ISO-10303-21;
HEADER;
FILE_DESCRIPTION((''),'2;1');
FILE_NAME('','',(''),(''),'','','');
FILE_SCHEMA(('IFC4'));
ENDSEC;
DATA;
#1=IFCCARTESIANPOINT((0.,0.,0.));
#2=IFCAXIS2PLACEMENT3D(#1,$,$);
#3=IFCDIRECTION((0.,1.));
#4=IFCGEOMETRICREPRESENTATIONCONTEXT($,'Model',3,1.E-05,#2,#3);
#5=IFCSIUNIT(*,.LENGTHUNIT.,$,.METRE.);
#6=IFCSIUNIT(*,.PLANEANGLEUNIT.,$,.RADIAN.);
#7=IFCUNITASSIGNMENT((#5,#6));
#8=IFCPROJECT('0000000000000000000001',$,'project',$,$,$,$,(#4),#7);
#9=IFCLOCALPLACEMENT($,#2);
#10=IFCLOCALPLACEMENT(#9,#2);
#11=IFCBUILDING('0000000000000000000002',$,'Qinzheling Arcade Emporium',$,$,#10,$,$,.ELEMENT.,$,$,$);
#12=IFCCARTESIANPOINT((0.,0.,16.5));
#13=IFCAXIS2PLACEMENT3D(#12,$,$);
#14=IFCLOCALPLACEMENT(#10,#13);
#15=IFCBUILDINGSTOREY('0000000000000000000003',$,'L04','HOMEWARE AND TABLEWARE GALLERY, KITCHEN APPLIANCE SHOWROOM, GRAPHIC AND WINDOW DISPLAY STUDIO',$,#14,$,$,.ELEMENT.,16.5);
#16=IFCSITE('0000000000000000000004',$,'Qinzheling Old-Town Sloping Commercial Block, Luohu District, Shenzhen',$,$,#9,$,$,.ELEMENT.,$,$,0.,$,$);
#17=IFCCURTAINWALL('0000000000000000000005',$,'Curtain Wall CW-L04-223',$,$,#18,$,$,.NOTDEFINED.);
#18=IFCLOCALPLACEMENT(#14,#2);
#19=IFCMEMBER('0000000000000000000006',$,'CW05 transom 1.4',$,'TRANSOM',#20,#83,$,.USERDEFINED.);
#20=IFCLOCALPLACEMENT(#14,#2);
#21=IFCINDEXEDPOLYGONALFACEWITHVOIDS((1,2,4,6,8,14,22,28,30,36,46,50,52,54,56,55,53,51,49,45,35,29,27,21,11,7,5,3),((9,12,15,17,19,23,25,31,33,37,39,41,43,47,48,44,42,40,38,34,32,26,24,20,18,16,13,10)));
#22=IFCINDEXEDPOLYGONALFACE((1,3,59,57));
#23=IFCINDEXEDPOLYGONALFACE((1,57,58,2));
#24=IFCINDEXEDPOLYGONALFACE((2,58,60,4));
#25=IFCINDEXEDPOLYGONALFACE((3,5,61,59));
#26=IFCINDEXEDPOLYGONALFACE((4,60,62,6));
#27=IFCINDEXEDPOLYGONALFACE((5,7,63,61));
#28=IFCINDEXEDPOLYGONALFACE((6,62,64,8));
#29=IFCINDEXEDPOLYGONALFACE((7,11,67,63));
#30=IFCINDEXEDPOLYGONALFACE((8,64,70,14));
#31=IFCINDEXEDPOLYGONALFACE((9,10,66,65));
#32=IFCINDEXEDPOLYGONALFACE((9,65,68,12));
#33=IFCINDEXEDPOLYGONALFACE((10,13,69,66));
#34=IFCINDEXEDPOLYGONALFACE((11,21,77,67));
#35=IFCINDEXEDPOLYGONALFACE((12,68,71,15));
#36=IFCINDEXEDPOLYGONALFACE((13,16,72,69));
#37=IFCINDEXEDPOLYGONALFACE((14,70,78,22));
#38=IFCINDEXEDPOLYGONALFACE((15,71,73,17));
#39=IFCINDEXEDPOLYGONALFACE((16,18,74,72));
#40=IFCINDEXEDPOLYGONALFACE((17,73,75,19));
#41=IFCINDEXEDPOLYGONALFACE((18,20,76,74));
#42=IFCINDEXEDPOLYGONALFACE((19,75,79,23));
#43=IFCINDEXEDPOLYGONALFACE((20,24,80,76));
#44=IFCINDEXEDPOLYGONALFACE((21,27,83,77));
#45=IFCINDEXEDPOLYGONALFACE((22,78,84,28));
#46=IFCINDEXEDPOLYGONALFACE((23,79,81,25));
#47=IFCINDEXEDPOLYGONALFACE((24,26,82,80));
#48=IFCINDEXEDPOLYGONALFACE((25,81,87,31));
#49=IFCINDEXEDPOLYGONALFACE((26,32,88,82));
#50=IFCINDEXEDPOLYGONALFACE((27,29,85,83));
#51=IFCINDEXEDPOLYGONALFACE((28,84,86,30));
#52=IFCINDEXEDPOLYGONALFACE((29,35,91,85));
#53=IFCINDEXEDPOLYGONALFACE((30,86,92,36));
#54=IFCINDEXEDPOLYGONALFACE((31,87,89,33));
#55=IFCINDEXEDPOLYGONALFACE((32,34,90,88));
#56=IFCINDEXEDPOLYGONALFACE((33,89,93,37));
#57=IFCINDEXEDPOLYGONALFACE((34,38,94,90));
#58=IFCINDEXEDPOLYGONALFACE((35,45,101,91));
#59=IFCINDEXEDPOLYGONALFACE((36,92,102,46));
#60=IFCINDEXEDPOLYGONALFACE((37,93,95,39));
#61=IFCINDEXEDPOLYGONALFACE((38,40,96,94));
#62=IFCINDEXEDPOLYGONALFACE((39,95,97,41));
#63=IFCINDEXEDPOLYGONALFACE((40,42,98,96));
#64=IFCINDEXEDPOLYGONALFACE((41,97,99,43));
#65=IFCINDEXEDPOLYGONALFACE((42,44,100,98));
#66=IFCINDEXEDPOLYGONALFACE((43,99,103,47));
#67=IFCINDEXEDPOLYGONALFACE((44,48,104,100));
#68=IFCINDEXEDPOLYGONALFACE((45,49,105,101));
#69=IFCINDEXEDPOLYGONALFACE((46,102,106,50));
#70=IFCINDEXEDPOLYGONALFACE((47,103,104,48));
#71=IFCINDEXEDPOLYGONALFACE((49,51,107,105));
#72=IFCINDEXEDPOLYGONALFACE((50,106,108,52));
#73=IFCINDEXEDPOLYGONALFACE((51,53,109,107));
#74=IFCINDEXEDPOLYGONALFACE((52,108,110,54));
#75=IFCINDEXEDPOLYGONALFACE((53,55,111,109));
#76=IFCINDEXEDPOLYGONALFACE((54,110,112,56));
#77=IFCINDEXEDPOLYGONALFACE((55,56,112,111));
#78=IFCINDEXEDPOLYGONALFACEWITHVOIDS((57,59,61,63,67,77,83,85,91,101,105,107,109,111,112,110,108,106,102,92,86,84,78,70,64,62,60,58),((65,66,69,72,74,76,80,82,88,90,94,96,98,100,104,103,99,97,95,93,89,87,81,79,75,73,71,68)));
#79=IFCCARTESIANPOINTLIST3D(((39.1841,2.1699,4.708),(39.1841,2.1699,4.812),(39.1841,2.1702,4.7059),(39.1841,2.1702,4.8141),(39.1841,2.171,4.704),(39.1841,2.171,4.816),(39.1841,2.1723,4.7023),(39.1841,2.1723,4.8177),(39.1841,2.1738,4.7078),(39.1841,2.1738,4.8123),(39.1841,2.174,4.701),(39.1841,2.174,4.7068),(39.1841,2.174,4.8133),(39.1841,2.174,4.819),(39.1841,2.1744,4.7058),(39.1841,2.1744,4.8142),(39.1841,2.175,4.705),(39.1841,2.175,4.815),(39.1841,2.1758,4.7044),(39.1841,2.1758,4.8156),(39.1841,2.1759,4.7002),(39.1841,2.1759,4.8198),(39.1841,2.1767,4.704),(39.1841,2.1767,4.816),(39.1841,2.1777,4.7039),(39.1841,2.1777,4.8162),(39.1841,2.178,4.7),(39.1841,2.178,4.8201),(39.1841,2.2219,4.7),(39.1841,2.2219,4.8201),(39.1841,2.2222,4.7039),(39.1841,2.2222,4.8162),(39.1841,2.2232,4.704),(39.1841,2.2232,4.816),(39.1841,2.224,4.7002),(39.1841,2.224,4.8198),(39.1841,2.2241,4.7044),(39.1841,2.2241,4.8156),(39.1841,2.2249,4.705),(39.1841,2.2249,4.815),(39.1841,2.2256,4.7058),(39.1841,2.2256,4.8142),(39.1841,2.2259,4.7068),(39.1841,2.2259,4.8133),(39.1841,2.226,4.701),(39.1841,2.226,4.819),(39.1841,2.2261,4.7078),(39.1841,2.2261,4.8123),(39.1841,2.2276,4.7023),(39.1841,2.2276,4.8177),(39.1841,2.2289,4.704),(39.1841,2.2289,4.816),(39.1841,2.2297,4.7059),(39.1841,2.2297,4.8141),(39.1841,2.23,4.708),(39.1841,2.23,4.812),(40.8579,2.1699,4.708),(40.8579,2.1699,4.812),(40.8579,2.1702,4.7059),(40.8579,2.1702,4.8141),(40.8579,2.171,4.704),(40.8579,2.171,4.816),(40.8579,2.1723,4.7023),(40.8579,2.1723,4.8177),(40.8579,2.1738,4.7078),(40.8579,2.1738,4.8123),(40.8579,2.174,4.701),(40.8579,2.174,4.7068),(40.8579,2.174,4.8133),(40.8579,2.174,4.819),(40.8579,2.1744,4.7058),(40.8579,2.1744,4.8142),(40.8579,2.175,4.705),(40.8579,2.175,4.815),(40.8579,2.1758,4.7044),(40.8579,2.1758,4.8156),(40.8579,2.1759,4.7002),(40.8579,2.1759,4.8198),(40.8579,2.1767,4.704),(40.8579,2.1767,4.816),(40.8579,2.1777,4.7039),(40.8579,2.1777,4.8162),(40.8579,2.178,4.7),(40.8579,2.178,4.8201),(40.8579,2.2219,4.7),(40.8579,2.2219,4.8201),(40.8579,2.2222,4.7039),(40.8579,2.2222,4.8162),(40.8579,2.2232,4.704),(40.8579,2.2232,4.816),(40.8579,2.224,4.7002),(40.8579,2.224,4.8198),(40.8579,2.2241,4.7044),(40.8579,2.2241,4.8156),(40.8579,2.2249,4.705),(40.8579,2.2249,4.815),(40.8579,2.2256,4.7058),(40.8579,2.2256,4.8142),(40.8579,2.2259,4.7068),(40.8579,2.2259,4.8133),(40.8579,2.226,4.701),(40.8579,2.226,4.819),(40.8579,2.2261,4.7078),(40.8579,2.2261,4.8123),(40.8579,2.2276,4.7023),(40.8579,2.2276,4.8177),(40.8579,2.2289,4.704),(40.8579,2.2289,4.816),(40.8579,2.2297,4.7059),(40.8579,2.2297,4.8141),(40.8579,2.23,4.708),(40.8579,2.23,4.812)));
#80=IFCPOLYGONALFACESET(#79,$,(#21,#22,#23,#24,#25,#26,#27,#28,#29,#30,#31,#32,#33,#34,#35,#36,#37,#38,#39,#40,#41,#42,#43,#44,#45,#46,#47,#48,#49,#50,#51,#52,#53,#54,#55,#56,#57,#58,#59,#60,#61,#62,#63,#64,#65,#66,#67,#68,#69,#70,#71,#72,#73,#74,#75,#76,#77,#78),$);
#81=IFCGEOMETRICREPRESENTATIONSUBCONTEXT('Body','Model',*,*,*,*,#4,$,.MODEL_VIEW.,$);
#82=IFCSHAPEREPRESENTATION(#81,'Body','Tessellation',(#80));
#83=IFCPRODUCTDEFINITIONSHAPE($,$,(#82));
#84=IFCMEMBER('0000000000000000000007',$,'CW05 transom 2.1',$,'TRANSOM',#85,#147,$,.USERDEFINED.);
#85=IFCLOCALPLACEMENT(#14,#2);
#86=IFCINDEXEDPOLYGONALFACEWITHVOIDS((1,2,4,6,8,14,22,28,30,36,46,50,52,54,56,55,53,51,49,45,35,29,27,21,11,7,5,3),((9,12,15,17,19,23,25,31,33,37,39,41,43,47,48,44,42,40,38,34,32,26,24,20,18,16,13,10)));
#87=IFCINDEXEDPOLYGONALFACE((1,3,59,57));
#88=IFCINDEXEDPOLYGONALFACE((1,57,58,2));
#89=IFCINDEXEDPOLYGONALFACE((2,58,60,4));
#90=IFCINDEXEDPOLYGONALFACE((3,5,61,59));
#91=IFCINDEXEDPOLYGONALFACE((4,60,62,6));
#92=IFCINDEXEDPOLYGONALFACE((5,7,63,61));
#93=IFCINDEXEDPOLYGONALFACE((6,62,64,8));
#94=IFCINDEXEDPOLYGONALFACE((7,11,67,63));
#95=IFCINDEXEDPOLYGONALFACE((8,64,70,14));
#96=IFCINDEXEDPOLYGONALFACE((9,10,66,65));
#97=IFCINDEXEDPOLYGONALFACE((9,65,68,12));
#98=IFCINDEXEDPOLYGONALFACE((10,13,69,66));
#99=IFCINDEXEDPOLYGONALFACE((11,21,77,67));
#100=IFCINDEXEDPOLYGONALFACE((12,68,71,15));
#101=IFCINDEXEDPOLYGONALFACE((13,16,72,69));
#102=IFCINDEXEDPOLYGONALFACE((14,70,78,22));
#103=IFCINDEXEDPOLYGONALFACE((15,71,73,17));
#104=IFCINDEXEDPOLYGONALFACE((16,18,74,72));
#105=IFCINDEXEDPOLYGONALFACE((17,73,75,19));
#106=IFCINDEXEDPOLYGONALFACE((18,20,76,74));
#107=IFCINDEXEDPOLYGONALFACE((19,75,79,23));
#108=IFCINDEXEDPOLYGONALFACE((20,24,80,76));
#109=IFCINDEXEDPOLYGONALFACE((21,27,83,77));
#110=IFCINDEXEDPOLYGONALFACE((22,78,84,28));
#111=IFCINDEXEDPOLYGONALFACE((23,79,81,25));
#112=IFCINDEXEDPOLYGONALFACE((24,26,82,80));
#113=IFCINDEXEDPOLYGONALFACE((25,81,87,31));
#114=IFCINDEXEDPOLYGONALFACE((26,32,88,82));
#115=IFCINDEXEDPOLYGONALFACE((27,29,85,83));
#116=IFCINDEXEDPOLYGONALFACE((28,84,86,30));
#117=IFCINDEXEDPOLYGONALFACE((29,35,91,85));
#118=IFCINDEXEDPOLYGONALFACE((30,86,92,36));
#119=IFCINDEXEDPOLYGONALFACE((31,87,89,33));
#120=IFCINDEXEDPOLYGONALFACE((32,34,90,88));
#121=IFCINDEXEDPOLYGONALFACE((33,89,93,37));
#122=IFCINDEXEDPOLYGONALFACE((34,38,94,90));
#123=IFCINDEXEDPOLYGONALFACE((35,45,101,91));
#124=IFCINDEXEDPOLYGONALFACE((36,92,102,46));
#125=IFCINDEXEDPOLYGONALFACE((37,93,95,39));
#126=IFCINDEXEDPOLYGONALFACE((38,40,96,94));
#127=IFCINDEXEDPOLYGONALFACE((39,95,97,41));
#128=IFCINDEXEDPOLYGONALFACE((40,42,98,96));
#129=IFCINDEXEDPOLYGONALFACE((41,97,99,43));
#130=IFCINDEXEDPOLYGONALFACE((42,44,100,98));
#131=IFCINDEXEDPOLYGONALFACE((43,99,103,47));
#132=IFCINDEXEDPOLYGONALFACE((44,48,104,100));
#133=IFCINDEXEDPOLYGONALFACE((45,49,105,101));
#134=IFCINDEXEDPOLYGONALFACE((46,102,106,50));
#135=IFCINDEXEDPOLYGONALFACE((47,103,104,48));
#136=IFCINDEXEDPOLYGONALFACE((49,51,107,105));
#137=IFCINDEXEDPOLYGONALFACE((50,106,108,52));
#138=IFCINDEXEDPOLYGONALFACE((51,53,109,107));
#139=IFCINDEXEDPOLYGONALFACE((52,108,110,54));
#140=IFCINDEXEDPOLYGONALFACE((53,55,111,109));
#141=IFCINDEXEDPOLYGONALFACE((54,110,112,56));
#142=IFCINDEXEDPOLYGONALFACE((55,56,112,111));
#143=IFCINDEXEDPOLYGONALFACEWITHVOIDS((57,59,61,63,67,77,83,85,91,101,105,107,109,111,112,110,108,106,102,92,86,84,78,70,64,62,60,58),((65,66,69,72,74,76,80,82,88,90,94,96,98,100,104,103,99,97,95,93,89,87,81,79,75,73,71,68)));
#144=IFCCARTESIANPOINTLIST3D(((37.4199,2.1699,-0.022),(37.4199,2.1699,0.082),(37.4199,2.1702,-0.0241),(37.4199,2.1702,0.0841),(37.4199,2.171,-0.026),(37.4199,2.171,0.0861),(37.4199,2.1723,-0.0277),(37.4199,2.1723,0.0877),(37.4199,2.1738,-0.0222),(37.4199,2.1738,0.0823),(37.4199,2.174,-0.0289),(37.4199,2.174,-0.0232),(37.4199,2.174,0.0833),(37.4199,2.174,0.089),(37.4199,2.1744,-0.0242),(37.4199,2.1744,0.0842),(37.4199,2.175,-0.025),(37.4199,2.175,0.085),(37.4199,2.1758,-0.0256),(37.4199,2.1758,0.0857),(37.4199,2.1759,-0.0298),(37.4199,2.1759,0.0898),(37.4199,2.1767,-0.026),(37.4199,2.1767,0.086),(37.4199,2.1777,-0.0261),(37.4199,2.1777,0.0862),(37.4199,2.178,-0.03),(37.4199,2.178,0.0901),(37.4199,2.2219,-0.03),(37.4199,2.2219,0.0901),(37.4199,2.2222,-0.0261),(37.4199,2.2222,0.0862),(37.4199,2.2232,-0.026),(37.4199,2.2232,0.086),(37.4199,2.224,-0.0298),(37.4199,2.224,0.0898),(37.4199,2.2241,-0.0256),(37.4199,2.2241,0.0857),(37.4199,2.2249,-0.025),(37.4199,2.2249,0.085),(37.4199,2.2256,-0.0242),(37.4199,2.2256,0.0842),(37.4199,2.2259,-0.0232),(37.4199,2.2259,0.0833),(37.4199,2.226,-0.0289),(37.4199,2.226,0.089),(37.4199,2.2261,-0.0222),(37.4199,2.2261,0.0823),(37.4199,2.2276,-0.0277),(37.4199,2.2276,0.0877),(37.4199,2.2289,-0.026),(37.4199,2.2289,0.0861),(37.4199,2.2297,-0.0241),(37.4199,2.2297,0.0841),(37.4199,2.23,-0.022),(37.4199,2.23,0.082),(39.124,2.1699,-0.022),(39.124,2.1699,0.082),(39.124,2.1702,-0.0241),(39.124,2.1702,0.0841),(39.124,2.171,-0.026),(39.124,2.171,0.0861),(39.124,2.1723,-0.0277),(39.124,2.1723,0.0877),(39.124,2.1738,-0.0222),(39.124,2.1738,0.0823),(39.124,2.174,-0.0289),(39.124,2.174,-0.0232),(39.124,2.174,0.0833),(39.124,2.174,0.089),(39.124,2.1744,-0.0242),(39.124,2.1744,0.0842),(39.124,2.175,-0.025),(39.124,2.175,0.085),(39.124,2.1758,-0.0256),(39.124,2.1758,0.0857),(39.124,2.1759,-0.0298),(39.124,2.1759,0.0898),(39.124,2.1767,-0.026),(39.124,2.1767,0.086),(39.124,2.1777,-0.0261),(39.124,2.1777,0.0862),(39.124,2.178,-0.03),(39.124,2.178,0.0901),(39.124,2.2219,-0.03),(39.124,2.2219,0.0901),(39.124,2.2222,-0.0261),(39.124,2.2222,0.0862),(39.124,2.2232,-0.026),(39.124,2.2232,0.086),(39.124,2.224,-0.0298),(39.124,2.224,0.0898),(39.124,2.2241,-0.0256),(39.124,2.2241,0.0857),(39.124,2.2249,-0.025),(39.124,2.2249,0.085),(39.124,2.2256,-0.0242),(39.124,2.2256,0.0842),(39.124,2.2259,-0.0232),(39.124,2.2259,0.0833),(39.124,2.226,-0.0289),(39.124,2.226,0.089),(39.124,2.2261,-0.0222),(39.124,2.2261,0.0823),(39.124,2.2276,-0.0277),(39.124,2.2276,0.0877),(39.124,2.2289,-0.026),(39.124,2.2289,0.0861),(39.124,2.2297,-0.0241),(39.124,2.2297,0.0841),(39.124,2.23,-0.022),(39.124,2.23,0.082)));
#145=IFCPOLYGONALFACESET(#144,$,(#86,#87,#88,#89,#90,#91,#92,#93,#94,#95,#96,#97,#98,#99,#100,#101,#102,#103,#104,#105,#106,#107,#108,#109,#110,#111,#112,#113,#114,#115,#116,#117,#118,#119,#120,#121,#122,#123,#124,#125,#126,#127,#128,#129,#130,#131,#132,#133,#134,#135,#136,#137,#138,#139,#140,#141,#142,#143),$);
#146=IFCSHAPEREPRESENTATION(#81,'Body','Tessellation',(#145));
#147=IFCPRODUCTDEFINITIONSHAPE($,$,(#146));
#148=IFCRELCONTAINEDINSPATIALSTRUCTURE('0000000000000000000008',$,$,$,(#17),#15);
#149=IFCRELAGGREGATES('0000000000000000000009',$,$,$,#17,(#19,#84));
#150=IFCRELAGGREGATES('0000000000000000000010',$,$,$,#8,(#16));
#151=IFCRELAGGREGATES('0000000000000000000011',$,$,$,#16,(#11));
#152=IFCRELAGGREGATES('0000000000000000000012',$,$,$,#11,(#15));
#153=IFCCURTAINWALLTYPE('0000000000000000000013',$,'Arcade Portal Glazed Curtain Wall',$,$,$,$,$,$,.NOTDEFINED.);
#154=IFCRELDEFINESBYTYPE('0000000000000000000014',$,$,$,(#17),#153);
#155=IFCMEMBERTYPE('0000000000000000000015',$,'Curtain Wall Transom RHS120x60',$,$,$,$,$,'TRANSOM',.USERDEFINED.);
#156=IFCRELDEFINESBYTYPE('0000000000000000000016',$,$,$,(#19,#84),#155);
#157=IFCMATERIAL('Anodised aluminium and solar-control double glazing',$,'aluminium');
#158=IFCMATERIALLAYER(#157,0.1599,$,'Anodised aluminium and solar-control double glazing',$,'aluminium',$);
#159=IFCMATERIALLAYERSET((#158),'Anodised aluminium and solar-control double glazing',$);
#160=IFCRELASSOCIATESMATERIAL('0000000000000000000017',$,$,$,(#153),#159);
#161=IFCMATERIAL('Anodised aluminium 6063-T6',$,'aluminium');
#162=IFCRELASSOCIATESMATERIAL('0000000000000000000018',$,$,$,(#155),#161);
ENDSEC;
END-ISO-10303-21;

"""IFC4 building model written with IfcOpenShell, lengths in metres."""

from ifc_helpers import new_model, si_unit, direction, frame, origin, origin_2d, place, context, subcontext, project, spatial, hollow_rectangle, extrude, material, layer, layer_set, material_profile, profile_set, type_object, element, aggregate, save


model = new_model("IFC4")

# Units and contexts
model_context = context("Model", 3, precision=1e-05, world=origin(), true_north=direction((0.0, 1.0)))
body_context = subcontext(model_context, "Body", "Model", "MODEL_VIEW")
ifc_project = project(units=[si_unit("LENGTHUNIT", "METRE"), si_unit("PLANEANGLEUNIT", "RADIAN")], contexts=[model_context])

# Site, building, storey
site_placement = place(None, origin())
site = spatial("IfcSite", under=ifc_project, at=site_placement, Name="Qinzheling Old-Town Sloping Commercial Block, Luohu District, Shenzhen", CompositionType="ELEMENT", RefElevation=0.0)
building_placement = place(site_placement, origin())
building = spatial("IfcBuilding", under=site, at=building_placement, Name="Qinzheling Arcade Emporium", CompositionType="ELEMENT")
storey_placement = place(building_placement, frame((0.0, 0.0, 16.5)))
storey = spatial("IfcBuildingStorey", under=building, at=storey_placement, Name="L04", Description="HOMEWARE AND TABLEWARE GALLERY, KITCHEN APPLIANCE SHOWROOM, GRAPHIC AND WINDOW DISPLAY STUDIO", CompositionType="ELEMENT", Elevation=16.5)

# Curtain wall
ifc_material_1 = material(Name="Anodised aluminium and solar-control double glazing", Category="aluminium")
ifc_layer_1 = layer(ifc_material_1, 0.1599, Name="Anodised aluminium and solar-control double glazing", Category="aluminium")
ifc_layer_set_1 = layer_set([ifc_layer_1], Name="Anodised aluminium and solar-control double glazing")
curtain_wall_type = type_object("IfcCurtainWallType", Name="Arcade Portal Glazed Curtain Wall", PredefinedType="NOTDEFINED", material=ifc_layer_set_1)
ifc_material_2 = material(Name="Anodised aluminium 6063-T6", Category="aluminium")
curtain_wall_1_placement = place(storey_placement, origin())
curtain_wall_1 = element("IfcCurtainWall", 1, at=curtain_wall_1_placement, inside=storey, type_object=curtain_wall_type, Name="Curtain Wall CW-L04-223", PredefinedType="NOTDEFINED")

# Members
ifc_material_profile_1 = material_profile(ifc_material_2, hollow_rectangle(XDim=0.0601, YDim=0.1201, WallThickness=0.0039, InnerFilletRadius=0.0039, OuterFilletRadius=0.0081, at=origin_2d()), Name="RHS 120x60x4", Category="aluminium")
ifc_profile_set_1 = profile_set([ifc_material_profile_1], Name="Anodised aluminium 6063-T6")
member_type_1 = type_object("IfcMemberType", Name="Curtain Wall Transom RHS120x60", ElementType="TRANSOM", PredefinedType="USERDEFINED", material=ifc_profile_set_1)
member_1_placement = place(storey_placement, frame((40.8579, 2.2, 4.76), z_axis=(-1.0, 0.0, 0.0), x_axis=(0.0, -1.0, 0.0)))
member_1 = element("IfcMember", 2, at=member_1_placement, type_object=member_type_1, Name="CW05 transom 1.4", ObjectType="TRANSOM", PredefinedType="USERDEFINED", context=body_context, shape_type="SweptSolid", body=[
    extrude(hollow_rectangle(XDim=0.0601, YDim=0.1201, WallThickness=0.0039, InnerFilletRadius=0.0039, OuterFilletRadius=0.0081, at=origin_2d()), origin(), (0.0, 0.0, 1.0), 1.6738),
])
member_2_placement = place(storey_placement, frame((39.124, 2.2, 0.03), z_axis=(-1.0, 0.0, 0.0), x_axis=(0.0, -1.0, 0.0)))
member_2 = element("IfcMember", 3, at=member_2_placement, type_object=member_type_1, Name="CW05 transom 2.1", ObjectType="TRANSOM", PredefinedType="USERDEFINED", context=body_context, shape_type="SweptSolid", body=[
    extrude(hollow_rectangle(XDim=0.0601, YDim=0.1201, WallThickness=0.0039, InnerFilletRadius=0.0039, OuterFilletRadius=0.0081, at=origin_2d()), origin(), (0.0, 0.0, 1.0), 1.7041),
])

aggregate(curtain_wall_1, [member_1, member_2])

save(model, "model.ifc")
